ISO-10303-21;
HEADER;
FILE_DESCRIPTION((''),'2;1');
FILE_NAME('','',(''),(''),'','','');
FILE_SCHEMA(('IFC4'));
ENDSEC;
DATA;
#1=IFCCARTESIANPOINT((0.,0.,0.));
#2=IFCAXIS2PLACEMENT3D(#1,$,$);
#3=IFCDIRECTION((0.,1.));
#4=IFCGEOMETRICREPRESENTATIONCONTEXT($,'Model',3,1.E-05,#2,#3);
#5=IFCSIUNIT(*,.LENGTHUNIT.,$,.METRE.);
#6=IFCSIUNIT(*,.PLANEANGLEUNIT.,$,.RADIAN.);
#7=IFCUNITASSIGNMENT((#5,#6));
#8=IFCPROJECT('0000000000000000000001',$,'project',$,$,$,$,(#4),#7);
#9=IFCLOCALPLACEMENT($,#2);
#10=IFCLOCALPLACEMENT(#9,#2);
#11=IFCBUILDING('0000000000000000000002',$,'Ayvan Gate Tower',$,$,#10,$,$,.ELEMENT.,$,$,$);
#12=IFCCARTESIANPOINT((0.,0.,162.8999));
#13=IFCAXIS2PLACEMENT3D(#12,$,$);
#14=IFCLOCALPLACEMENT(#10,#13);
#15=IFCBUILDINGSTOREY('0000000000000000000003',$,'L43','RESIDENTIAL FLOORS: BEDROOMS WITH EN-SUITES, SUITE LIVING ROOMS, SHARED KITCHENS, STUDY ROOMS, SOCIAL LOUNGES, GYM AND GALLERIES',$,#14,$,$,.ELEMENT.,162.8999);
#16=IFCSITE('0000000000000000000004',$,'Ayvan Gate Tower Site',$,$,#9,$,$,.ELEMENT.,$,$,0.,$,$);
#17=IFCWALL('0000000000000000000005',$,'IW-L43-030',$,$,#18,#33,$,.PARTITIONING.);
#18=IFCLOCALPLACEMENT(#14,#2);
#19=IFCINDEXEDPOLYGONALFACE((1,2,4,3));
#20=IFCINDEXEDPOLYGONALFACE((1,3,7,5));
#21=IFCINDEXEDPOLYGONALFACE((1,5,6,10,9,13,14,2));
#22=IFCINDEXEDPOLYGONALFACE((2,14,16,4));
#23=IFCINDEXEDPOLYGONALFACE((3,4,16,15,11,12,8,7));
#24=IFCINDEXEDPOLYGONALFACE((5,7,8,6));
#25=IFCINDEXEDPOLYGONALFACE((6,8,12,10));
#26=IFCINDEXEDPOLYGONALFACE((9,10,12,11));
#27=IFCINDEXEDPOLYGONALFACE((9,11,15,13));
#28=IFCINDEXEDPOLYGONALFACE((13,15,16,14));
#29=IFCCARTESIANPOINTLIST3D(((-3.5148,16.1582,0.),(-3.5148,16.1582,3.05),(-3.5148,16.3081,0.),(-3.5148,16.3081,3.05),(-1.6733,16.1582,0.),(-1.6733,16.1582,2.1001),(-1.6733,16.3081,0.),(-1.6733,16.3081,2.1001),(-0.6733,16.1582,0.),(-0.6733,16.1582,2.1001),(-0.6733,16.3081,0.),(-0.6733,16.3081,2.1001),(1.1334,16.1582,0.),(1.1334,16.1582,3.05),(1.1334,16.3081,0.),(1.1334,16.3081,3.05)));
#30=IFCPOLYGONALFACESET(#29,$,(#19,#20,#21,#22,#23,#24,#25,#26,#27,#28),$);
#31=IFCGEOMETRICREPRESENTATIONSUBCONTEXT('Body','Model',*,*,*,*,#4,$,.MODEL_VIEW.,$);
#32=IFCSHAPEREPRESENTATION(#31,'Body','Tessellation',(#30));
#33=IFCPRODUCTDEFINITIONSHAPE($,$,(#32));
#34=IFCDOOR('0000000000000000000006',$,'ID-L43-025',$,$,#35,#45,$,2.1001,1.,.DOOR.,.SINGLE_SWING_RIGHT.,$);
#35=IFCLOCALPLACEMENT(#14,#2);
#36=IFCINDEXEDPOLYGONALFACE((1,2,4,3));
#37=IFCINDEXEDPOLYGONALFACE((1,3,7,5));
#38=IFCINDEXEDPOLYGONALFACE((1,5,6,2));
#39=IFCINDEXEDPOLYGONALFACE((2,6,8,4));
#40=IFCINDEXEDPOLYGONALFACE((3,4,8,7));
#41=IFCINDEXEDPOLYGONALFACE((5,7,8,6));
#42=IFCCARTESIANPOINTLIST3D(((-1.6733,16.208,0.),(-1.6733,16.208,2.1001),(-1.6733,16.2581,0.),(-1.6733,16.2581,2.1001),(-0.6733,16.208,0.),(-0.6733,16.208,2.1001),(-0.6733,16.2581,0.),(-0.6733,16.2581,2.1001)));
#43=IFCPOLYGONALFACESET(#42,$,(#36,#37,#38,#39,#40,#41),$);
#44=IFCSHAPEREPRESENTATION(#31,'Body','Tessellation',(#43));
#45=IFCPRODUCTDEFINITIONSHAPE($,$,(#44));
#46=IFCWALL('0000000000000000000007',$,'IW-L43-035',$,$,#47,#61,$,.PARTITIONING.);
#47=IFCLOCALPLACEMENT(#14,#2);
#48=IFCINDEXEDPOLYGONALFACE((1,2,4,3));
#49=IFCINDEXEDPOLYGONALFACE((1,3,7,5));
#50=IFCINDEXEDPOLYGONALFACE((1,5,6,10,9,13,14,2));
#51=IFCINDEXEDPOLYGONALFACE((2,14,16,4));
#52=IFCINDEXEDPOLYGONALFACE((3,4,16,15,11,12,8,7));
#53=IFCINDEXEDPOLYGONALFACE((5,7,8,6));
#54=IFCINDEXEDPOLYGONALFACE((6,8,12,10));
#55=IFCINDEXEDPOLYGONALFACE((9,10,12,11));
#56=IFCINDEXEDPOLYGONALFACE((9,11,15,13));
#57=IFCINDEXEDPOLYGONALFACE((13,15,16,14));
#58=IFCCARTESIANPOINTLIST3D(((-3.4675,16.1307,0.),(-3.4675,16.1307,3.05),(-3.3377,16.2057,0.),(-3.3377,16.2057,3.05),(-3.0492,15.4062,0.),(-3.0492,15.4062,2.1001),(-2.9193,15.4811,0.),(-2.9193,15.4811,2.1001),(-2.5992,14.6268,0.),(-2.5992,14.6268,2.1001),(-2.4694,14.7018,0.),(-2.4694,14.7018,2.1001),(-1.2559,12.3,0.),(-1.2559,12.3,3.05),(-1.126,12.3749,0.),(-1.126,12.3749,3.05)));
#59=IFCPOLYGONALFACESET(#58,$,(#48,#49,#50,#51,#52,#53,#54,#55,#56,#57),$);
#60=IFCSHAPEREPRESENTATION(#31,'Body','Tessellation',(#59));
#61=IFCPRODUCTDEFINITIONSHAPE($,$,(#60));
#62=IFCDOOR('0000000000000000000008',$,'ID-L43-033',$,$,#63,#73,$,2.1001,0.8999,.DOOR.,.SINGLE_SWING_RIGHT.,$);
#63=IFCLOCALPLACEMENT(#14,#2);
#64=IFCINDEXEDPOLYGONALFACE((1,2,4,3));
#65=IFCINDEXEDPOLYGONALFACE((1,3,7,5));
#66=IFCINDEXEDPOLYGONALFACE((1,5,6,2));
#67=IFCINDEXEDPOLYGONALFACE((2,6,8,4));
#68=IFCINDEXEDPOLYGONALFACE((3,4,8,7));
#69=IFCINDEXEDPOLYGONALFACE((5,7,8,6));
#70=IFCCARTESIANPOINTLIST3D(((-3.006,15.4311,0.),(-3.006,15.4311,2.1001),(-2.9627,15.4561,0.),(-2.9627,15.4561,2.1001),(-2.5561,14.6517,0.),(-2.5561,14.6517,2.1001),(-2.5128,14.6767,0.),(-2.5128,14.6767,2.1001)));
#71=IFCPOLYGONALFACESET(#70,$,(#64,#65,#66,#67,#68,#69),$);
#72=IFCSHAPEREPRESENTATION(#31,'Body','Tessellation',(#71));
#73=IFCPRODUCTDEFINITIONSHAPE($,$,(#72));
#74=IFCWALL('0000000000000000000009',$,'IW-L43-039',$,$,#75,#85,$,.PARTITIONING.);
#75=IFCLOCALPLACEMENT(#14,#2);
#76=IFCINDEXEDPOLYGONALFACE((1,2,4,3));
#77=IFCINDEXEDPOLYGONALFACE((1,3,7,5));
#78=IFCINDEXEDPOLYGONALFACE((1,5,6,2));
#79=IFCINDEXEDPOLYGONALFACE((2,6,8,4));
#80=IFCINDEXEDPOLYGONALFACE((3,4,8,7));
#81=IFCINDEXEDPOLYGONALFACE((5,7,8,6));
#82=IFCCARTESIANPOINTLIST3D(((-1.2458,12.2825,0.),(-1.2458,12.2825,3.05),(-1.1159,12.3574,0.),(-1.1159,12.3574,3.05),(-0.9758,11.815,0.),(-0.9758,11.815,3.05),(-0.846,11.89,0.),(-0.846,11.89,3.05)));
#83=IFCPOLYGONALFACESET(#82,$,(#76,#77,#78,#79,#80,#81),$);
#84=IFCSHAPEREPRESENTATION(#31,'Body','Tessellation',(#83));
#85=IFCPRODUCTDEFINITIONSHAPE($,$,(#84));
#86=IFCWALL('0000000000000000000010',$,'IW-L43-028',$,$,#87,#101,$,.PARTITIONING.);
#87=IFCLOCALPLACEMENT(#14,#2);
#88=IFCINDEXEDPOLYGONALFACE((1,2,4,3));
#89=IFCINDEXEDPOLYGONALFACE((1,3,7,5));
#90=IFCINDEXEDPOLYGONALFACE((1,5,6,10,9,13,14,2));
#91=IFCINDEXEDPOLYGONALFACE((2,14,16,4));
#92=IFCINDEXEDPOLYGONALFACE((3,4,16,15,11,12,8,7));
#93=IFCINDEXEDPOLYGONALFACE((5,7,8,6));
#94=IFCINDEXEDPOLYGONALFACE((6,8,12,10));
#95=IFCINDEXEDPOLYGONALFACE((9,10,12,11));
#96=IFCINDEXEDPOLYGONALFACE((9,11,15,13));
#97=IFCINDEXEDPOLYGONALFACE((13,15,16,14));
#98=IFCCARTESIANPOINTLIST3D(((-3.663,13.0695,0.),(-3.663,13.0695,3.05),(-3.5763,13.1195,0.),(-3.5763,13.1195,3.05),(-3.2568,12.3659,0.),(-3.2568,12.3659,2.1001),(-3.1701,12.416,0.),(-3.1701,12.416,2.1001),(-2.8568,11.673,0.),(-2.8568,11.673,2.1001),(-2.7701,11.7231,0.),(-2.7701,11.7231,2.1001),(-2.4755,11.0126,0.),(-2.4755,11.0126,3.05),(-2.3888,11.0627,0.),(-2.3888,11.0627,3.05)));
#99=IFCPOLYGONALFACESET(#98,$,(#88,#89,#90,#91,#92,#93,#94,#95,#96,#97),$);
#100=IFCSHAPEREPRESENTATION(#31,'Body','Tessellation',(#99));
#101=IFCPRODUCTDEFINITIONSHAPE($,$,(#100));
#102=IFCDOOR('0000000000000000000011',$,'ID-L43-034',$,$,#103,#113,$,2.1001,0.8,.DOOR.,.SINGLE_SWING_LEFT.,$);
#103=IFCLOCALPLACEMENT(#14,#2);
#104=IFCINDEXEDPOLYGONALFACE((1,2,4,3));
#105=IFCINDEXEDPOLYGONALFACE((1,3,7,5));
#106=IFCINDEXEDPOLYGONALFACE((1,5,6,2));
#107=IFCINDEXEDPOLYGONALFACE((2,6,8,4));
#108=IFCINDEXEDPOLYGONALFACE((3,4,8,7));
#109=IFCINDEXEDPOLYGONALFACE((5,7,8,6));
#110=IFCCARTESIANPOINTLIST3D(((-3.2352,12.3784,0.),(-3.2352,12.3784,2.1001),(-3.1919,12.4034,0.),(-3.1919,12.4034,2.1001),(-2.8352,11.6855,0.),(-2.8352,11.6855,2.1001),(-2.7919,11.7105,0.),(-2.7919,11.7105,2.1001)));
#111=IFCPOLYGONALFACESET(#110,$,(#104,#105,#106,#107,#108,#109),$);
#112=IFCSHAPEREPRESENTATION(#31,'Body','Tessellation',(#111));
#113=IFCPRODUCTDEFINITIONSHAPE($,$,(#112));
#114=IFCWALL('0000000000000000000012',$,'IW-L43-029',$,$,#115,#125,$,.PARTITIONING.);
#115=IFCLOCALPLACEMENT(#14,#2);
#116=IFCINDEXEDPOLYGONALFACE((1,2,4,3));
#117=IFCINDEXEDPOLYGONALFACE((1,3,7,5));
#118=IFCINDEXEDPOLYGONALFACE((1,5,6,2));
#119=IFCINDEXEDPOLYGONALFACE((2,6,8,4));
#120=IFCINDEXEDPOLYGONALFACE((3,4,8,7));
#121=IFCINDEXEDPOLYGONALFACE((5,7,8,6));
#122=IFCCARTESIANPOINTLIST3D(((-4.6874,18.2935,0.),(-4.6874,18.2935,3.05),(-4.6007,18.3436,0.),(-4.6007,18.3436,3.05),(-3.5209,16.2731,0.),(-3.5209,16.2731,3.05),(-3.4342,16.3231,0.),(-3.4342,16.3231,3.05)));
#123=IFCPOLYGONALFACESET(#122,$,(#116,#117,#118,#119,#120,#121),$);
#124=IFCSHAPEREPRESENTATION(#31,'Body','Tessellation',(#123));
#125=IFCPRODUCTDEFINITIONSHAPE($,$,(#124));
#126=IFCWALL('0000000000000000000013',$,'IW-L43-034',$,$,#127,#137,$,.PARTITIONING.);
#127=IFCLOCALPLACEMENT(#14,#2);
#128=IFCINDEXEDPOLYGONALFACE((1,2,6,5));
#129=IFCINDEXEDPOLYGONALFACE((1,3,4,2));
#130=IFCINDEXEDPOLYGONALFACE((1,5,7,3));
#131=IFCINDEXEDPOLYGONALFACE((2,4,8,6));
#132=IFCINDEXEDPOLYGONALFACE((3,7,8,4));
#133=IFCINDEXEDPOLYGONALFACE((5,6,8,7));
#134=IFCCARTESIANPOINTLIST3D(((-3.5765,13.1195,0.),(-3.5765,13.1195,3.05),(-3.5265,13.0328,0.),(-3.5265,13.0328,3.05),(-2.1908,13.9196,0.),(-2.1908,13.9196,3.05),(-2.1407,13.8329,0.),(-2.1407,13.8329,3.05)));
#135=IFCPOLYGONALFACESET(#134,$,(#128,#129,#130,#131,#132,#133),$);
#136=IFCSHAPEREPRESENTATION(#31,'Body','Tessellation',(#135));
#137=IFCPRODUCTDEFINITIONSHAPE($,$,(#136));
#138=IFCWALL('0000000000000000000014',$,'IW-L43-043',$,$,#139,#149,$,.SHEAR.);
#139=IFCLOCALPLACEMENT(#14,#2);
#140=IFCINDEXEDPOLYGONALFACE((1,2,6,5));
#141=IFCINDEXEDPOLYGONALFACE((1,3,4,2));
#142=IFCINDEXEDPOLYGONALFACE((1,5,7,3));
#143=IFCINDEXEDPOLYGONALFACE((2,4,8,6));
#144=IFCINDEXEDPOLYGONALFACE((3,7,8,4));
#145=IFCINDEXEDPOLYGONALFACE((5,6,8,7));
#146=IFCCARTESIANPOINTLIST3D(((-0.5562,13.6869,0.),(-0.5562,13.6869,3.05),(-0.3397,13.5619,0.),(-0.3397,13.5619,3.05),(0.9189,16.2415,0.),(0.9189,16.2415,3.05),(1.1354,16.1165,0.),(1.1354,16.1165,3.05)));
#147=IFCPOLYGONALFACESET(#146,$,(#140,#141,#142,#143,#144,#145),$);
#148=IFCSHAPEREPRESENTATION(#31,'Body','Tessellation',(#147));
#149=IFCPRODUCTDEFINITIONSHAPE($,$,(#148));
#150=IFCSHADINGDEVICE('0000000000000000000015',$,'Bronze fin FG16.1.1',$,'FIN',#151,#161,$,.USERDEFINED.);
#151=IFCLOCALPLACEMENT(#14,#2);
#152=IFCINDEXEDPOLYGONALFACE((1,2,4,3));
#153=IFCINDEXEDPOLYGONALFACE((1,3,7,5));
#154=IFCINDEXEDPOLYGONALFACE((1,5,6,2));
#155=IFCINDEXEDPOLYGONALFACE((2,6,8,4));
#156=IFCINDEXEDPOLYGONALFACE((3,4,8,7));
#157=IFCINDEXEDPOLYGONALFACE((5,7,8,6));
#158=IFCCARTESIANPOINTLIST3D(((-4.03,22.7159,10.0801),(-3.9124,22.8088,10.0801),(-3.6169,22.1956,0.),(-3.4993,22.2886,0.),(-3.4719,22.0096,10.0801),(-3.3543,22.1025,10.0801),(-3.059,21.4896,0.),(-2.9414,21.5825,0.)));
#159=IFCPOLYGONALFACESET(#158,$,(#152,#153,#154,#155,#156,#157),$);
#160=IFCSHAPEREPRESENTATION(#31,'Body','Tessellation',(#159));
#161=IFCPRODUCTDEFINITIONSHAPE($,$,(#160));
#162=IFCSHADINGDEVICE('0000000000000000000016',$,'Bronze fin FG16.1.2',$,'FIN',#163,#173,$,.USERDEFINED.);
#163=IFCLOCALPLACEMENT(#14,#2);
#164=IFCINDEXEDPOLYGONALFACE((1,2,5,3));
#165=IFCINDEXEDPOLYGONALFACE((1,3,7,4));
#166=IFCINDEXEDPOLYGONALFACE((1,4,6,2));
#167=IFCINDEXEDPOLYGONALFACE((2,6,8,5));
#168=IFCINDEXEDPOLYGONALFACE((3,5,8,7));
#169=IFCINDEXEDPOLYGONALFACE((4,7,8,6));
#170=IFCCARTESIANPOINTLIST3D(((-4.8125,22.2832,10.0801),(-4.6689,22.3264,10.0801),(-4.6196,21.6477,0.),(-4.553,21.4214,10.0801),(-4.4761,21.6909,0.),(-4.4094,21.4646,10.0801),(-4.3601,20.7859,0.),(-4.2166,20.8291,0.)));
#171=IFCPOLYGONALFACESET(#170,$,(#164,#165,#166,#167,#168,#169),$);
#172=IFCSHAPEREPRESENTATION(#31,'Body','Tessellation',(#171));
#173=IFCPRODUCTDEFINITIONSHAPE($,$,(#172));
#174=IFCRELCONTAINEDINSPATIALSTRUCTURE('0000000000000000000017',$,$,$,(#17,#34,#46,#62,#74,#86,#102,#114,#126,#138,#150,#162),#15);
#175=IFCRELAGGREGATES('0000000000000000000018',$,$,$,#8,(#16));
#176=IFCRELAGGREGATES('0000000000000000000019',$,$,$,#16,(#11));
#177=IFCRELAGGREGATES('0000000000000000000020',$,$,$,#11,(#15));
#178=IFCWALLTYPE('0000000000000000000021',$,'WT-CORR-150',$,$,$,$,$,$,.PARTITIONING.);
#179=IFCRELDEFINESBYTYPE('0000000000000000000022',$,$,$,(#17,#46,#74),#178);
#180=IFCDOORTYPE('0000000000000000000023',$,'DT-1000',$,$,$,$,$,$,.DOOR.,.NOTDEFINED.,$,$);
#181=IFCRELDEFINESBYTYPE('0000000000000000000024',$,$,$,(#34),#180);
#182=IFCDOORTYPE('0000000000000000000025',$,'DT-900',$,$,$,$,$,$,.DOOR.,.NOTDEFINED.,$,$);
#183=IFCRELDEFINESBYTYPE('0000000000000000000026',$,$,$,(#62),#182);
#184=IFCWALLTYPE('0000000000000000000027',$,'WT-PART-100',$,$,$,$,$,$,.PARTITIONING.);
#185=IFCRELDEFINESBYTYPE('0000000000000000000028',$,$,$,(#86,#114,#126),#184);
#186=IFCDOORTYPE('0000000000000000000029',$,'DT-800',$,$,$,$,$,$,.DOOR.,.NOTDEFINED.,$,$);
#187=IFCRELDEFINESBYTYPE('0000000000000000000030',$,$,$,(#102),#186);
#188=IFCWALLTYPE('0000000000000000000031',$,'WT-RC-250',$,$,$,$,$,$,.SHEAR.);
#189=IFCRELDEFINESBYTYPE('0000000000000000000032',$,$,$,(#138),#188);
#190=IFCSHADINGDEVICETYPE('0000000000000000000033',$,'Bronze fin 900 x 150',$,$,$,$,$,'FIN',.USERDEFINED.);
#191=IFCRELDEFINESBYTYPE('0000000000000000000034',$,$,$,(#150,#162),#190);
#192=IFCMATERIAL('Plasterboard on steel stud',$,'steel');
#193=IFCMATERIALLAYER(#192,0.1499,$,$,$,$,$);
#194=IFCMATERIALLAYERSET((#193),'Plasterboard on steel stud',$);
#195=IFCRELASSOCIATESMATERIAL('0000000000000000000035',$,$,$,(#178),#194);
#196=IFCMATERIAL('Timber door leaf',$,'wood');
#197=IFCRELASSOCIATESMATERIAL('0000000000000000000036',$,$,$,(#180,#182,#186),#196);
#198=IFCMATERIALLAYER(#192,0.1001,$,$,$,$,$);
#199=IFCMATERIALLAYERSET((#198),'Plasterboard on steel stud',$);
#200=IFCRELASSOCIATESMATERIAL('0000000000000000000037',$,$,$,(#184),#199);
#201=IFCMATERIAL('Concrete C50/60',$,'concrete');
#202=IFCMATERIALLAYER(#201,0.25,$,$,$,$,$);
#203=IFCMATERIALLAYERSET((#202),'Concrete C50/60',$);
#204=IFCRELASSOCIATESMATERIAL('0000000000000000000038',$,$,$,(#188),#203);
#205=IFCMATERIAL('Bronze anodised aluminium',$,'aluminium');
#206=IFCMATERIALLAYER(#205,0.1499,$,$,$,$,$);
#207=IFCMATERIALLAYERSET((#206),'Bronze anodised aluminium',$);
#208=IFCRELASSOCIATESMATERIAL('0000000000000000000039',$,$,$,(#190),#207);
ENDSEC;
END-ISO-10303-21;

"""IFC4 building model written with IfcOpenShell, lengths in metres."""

from ifc_helpers import new_model, si_unit, direction, frame, frame_2d, origin, place, context, subcontext, project, spatial, polyline, rectangle, outline, extrude, material, layer, layer_set, type_object, element, fill, save


model = new_model("IFC4")

# Units and contexts
model_context = context("Model", 3, precision=1e-05, world=origin(), true_north=direction((0.0, 1.0)))
body_context = subcontext(model_context, "Body", "Model", "MODEL_VIEW")
ifc_project = project(units=[si_unit("LENGTHUNIT", "METRE"), si_unit("PLANEANGLEUNIT", "RADIAN")], contexts=[model_context])

# Site, building, storey
site_placement = place(None, origin())
site = spatial("IfcSite", under=ifc_project, at=site_placement, Name="Ayvan Gate Tower Site", CompositionType="ELEMENT", RefElevation=0.0)
building_placement = place(site_placement, origin())
building = spatial("IfcBuilding", under=site, at=building_placement, Name="Ayvan Gate Tower", CompositionType="ELEMENT")
storey_placement = place(building_placement, frame((0.0, 0.0, 162.8999)))
storey = spatial("IfcBuildingStorey", under=building, at=storey_placement, Name="L43", Description="RESIDENTIAL FLOORS: BEDROOMS WITH EN-SUITES, SUITE LIVING ROOMS, SHARED KITCHENS, STUDY ROOMS, SOCIAL LOUNGES, GYM AND GALLERIES", CompositionType="ELEMENT", Elevation=162.8999)

# Shared definitions
ifc_material_1 = material(Name="Bronze anodised aluminium", Category="aluminium")

# Walls, openings, doors
ifc_material_2 = material(Name="Plasterboard on steel stud", Category="steel")
ifc_layer_1 = layer(ifc_material_2, 0.1499)
ifc_layer_set_1 = layer_set([ifc_layer_1], Name="Plasterboard on steel stud")
wall_type_1 = type_object("IfcWallType", Name="WT-CORR-150", PredefinedType="PARTITIONING", material=ifc_layer_set_1)
wall_1_placement = place(storey_placement, frame((-3.5149, 16.2332, 0.0), z_axis=(0.0, 0.0, 1.0), x_axis=(1.0, 0.0, 0.0)))
wall_1 = element("IfcWall", 1, at=wall_1_placement, inside=storey, type_object=wall_type_1, Name="IW-L43-030", PredefinedType="PARTITIONING", context=body_context, shape_type="SweptSolid", body=[
    extrude(rectangle(XDim=4.6482, YDim=0.1499, at=frame_2d((2.3242, 0.0))), origin(), (0.0, 0.0, 1.0), 3.05),
])
opening_1_placement = place(wall_1_placement, frame((1.8416, 0.0, 0.0)))
opening_1 = element("IfcOpeningElement", 2, at=opening_1_placement, cuts=wall_1, PredefinedType="OPENING", context=body_context, shape_type="SweptSolid", body=[
    extrude(rectangle(XDim=1.0, YDim=2.1001, at=frame_2d((0.5, 1.05))), frame((0.0, 0.085, 0.0), z_axis=(0.0, -1.0, 0.0), x_axis=(1.0, 0.0, 0.0)), (0.0, 0.0, 1.0), 0.1699),
])
ifc_material_3 = material(Name="Timber door leaf", Category="wood")
door_type_1 = type_object("IfcDoorType", Name="DT-1000", OperationType="NOTDEFINED", PredefinedType="DOOR", material=ifc_material_3)
door_1_placement = place(opening_1_placement, origin())
door_1 = element("IfcDoor", 3, at=door_1_placement, inside=storey, type_object=door_type_1, Name="ID-L43-025", OperationType="SINGLE_SWING_RIGHT", OverallHeight=2.1001, OverallWidth=1.0, PredefinedType="DOOR", context=body_context, shape_type="SweptSolid", body=[
    extrude(rectangle(XDim=1.0, YDim=2.1001, at=frame_2d((0.5, 1.05))), frame((0.0, 0.0249, 0.0), z_axis=(0.0, -1.0, 0.0), x_axis=(1.0, 0.0, 0.0)), (0.0, 0.0, 1.0), 0.05),
])
fill(opening_1, door_1)
wall_2_placement = place(storey_placement, frame((-3.4026, 16.1682, 0.0), z_axis=(0.0, 0.0, 1.0), x_axis=(0.499992, -0.86603, 0.0)))
wall_2 = element("IfcWall", 4, at=wall_2_placement, inside=storey, type_object=wall_type_1, Name="IW-L43-035", PredefinedType="PARTITIONING", context=body_context, shape_type="SweptSolid", body=[
    extrude(rectangle(XDim=4.4233, YDim=0.1499, at=frame_2d((2.2117, 0.0))), origin(), (0.0, 0.0, 1.0), 3.05),
])
opening_2_placement = place(wall_2_placement, frame((0.8367, 0.0, 0.0)))
opening_2 = element("IfcOpeningElement", 5, at=opening_2_placement, cuts=wall_2, PredefinedType="OPENING", context=body_context, shape_type="SweptSolid", body=[
    extrude(rectangle(XDim=0.8999, YDim=2.1001, at=frame_2d((0.45, 1.05))), frame((0.0, 0.085, 0.0), z_axis=(0.0, -1.0, 0.0), x_axis=(1.0, 0.0, 0.0)), (0.0, 0.0, 1.0), 0.1699),
])
door_type_2 = type_object("IfcDoorType", Name="DT-900", OperationType="NOTDEFINED", PredefinedType="DOOR", material=ifc_material_3)
door_2_placement = place(opening_2_placement, origin())
door_2 = element("IfcDoor", 6, at=door_2_placement, inside=storey, type_object=door_type_2, Name="ID-L43-033", OperationType="SINGLE_SWING_RIGHT", OverallHeight=2.1001, OverallWidth=0.8999, PredefinedType="DOOR", context=body_context, shape_type="SweptSolid", body=[
    extrude(rectangle(XDim=0.8999, YDim=2.1001, at=frame_2d((0.45, 1.05))), frame((0.0, 0.0249, 0.0), z_axis=(0.0, -1.0, 0.0), x_axis=(1.0, 0.0, 0.0)), (0.0, 0.0, 1.0), 0.05),
])
fill(opening_2, door_2)

# Wall
wall_3_placement = place(storey_placement, frame((-1.1809, 12.3201, 0.0), z_axis=(0.0, 0.0, 1.0), x_axis=(0.500127, -0.865952, 0.0)))
element("IfcWall", 7, at=wall_3_placement, inside=storey, type_object=wall_type_1, Name="IW-L43-039", PredefinedType="PARTITIONING", context=body_context, shape_type="SweptSolid", body=[
    extrude(rectangle(XDim=0.5398, YDim=0.1499, at=frame_2d((0.27, 0.0))), origin(), (0.0, 0.0, 1.0), 3.05),
])

# Wall, opening, door
ifc_layer_2 = layer(ifc_material_2, 0.1001)
ifc_layer_set_2 = layer_set([ifc_layer_2], Name="Plasterboard on steel stud")
wall_type_2 = type_object("IfcWallType", Name="WT-PART-100", PredefinedType="PARTITIONING", material=ifc_layer_set_2)
wall_4_placement = place(storey_placement, frame((-3.6196, 13.0945, 0.0), z_axis=(0.0, 0.0, 1.0), x_axis=(0.499986, -0.866033, 0.0)))
wall_4 = element("IfcWall", 8, at=wall_4_placement, inside=storey, type_object=wall_type_2, Name="IW-L43-028", PredefinedType="PARTITIONING", context=body_context, shape_type="SweptSolid", body=[
    extrude(rectangle(XDim=2.375, YDim=0.1001, at=frame_2d((1.1875, 0.0))), origin(), (0.0, 0.0, 1.0), 3.05),
])
opening_3_placement = place(wall_4_placement, frame((0.8125, 0.0, 0.0)))
opening_3 = element("IfcOpeningElement", 9, at=opening_3_placement, cuts=wall_4, PredefinedType="OPENING", context=body_context, shape_type="SweptSolid", body=[
    extrude(rectangle(XDim=0.8, YDim=2.1001, at=frame_2d((0.3999, 1.05))), frame((0.0, 0.0601, 0.0), z_axis=(0.0, -1.0, 0.0), x_axis=(1.0, 0.0, 0.0)), (0.0, 0.0, 1.0), 0.1201),
])
door_type_3 = type_object("IfcDoorType", Name="DT-800", OperationType="NOTDEFINED", PredefinedType="DOOR", material=ifc_material_3)
door_3_placement = place(opening_3_placement, origin())
door_3 = element("IfcDoor", 10, at=door_3_placement, inside=storey, type_object=door_type_3, Name="ID-L43-034", OperationType="SINGLE_SWING_LEFT", OverallHeight=2.1001, OverallWidth=0.8, PredefinedType="DOOR", context=body_context, shape_type="SweptSolid", body=[
    extrude(rectangle(XDim=0.8, YDim=2.1001, at=frame_2d((0.3999, 1.05))), frame((0.0, 0.0249, 0.0), z_axis=(0.0, -1.0, 0.0), x_axis=(1.0, 0.0, 0.0)), (0.0, 0.0, 1.0), 0.05),
])
fill(opening_3, door_3)

# Walls
wall_5_placement = place(storey_placement, frame((-3.4775, 16.2981, 0.0), z_axis=(0.0, 0.0, 1.0), x_axis=(-0.499988, 0.866032, 0.0)))
element("IfcWall", 11, at=wall_5_placement, inside=storey, type_object=wall_type_2, Name="IW-L43-029", PredefinedType="PARTITIONING", context=body_context, shape_type="SweptSolid", body=[
    extrude(rectangle(XDim=2.333, YDim=0.1001, at=frame_2d((1.1665, 0.0))), origin(), (0.0, 0.0, 1.0), 3.05),
])
wall_6_placement = place(storey_placement, frame((-2.1658, 13.8762, 0.0), z_axis=(0.0, 0.0, 1.0), x_axis=(-0.866028, -0.499995, 0.0)))
element("IfcWall", 12, at=wall_6_placement, inside=storey, type_object=wall_type_2, Name="IW-L43-034", PredefinedType="PARTITIONING", context=body_context, shape_type="SweptSolid", body=[
    extrude(rectangle(XDim=1.6001, YDim=0.1001, at=frame_2d((0.8, 0.0))), origin(), (0.0, 0.0, 1.0), 3.05),
])
ifc_material_4 = material(Name="Concrete C50/60", Category="concrete")
ifc_layer_3 = layer(ifc_material_4, 0.25)
ifc_layer_set_3 = layer_set([ifc_layer_3], Name="Concrete C50/60")
wall_type_3 = type_object("IfcWallType", Name="WT-RC-250", PredefinedType="SHEAR", material=ifc_layer_set_3)
wall_7_placement = place(storey_placement, frame((-0.448, 13.6243, 0.0), z_axis=(0.0, 0.0, 1.0), x_axis=(0.500038, 0.866004, 0.0)))
element("IfcWall", 13, at=wall_7_placement, inside=storey, type_object=wall_type_3, Name="IW-L43-043", PredefinedType="SHEAR", context=body_context, shape_type="SweptSolid", body=[
    extrude(rectangle(XDim=2.95, YDim=0.25, at=frame_2d((1.4751, 0.0))), origin(), (0.0, 0.0, 1.0), 3.05),
])

# Shading devices
ifc_layer_4 = layer(ifc_material_1, 0.1499)
ifc_layer_set_4 = layer_set([ifc_layer_4], Name="Bronze anodised aluminium")
shading_device_type = type_object("IfcShadingDeviceType", Name="Bronze fin 900 x 150", ElementType="FIN", PredefinedType="USERDEFINED", material=ifc_layer_set_4)
shading_device_1_placement = place(storey_placement, frame((-2.9414, 21.5825, 0.0), z_axis=(0.784626, 0.61997, 0.000154), x_axis=(-0.61997, 0.784626, 0.0)))
element("IfcShadingDevice", 14, at=shading_device_1_placement, inside=storey, type_object=shading_device_type, Name="Bronze fin FG16.1.1", ObjectType="FIN", PredefinedType="USERDEFINED", context=body_context, shape_type="SweptSolid", body=[
    extrude(outline(polyline([(0.0, 0.0), (0.8998, 0.0), (1.5642, 10.0801), (0.664, 10.0801), (0.0, 0.0)])), origin(), (0.0, 0.0, -1.0), 0.1499),
])
shading_device_2_placement = place(storey_placement, frame((-4.2166, 20.8291, 0.0), z_axis=(0.957527, 0.288343, 0.000143), x_axis=(-0.288343, 0.957527, 0.0)))
element("IfcShadingDevice", 15, at=shading_device_2_placement, inside=storey, type_object=shading_device_type, Name="Bronze fin FG16.1.2", ObjectType="FIN", PredefinedType="USERDEFINED", context=body_context, shape_type="SweptSolid", body=[
    extrude(outline(polyline([(0.0, 0.0), (0.9, 0.0), (1.5642, 10.0801), (0.6641, 10.0801), (0.0, 0.0)])), origin(), (0.0, 0.0, -1.0), 0.1499),
])

save(model, "model.ifc")
